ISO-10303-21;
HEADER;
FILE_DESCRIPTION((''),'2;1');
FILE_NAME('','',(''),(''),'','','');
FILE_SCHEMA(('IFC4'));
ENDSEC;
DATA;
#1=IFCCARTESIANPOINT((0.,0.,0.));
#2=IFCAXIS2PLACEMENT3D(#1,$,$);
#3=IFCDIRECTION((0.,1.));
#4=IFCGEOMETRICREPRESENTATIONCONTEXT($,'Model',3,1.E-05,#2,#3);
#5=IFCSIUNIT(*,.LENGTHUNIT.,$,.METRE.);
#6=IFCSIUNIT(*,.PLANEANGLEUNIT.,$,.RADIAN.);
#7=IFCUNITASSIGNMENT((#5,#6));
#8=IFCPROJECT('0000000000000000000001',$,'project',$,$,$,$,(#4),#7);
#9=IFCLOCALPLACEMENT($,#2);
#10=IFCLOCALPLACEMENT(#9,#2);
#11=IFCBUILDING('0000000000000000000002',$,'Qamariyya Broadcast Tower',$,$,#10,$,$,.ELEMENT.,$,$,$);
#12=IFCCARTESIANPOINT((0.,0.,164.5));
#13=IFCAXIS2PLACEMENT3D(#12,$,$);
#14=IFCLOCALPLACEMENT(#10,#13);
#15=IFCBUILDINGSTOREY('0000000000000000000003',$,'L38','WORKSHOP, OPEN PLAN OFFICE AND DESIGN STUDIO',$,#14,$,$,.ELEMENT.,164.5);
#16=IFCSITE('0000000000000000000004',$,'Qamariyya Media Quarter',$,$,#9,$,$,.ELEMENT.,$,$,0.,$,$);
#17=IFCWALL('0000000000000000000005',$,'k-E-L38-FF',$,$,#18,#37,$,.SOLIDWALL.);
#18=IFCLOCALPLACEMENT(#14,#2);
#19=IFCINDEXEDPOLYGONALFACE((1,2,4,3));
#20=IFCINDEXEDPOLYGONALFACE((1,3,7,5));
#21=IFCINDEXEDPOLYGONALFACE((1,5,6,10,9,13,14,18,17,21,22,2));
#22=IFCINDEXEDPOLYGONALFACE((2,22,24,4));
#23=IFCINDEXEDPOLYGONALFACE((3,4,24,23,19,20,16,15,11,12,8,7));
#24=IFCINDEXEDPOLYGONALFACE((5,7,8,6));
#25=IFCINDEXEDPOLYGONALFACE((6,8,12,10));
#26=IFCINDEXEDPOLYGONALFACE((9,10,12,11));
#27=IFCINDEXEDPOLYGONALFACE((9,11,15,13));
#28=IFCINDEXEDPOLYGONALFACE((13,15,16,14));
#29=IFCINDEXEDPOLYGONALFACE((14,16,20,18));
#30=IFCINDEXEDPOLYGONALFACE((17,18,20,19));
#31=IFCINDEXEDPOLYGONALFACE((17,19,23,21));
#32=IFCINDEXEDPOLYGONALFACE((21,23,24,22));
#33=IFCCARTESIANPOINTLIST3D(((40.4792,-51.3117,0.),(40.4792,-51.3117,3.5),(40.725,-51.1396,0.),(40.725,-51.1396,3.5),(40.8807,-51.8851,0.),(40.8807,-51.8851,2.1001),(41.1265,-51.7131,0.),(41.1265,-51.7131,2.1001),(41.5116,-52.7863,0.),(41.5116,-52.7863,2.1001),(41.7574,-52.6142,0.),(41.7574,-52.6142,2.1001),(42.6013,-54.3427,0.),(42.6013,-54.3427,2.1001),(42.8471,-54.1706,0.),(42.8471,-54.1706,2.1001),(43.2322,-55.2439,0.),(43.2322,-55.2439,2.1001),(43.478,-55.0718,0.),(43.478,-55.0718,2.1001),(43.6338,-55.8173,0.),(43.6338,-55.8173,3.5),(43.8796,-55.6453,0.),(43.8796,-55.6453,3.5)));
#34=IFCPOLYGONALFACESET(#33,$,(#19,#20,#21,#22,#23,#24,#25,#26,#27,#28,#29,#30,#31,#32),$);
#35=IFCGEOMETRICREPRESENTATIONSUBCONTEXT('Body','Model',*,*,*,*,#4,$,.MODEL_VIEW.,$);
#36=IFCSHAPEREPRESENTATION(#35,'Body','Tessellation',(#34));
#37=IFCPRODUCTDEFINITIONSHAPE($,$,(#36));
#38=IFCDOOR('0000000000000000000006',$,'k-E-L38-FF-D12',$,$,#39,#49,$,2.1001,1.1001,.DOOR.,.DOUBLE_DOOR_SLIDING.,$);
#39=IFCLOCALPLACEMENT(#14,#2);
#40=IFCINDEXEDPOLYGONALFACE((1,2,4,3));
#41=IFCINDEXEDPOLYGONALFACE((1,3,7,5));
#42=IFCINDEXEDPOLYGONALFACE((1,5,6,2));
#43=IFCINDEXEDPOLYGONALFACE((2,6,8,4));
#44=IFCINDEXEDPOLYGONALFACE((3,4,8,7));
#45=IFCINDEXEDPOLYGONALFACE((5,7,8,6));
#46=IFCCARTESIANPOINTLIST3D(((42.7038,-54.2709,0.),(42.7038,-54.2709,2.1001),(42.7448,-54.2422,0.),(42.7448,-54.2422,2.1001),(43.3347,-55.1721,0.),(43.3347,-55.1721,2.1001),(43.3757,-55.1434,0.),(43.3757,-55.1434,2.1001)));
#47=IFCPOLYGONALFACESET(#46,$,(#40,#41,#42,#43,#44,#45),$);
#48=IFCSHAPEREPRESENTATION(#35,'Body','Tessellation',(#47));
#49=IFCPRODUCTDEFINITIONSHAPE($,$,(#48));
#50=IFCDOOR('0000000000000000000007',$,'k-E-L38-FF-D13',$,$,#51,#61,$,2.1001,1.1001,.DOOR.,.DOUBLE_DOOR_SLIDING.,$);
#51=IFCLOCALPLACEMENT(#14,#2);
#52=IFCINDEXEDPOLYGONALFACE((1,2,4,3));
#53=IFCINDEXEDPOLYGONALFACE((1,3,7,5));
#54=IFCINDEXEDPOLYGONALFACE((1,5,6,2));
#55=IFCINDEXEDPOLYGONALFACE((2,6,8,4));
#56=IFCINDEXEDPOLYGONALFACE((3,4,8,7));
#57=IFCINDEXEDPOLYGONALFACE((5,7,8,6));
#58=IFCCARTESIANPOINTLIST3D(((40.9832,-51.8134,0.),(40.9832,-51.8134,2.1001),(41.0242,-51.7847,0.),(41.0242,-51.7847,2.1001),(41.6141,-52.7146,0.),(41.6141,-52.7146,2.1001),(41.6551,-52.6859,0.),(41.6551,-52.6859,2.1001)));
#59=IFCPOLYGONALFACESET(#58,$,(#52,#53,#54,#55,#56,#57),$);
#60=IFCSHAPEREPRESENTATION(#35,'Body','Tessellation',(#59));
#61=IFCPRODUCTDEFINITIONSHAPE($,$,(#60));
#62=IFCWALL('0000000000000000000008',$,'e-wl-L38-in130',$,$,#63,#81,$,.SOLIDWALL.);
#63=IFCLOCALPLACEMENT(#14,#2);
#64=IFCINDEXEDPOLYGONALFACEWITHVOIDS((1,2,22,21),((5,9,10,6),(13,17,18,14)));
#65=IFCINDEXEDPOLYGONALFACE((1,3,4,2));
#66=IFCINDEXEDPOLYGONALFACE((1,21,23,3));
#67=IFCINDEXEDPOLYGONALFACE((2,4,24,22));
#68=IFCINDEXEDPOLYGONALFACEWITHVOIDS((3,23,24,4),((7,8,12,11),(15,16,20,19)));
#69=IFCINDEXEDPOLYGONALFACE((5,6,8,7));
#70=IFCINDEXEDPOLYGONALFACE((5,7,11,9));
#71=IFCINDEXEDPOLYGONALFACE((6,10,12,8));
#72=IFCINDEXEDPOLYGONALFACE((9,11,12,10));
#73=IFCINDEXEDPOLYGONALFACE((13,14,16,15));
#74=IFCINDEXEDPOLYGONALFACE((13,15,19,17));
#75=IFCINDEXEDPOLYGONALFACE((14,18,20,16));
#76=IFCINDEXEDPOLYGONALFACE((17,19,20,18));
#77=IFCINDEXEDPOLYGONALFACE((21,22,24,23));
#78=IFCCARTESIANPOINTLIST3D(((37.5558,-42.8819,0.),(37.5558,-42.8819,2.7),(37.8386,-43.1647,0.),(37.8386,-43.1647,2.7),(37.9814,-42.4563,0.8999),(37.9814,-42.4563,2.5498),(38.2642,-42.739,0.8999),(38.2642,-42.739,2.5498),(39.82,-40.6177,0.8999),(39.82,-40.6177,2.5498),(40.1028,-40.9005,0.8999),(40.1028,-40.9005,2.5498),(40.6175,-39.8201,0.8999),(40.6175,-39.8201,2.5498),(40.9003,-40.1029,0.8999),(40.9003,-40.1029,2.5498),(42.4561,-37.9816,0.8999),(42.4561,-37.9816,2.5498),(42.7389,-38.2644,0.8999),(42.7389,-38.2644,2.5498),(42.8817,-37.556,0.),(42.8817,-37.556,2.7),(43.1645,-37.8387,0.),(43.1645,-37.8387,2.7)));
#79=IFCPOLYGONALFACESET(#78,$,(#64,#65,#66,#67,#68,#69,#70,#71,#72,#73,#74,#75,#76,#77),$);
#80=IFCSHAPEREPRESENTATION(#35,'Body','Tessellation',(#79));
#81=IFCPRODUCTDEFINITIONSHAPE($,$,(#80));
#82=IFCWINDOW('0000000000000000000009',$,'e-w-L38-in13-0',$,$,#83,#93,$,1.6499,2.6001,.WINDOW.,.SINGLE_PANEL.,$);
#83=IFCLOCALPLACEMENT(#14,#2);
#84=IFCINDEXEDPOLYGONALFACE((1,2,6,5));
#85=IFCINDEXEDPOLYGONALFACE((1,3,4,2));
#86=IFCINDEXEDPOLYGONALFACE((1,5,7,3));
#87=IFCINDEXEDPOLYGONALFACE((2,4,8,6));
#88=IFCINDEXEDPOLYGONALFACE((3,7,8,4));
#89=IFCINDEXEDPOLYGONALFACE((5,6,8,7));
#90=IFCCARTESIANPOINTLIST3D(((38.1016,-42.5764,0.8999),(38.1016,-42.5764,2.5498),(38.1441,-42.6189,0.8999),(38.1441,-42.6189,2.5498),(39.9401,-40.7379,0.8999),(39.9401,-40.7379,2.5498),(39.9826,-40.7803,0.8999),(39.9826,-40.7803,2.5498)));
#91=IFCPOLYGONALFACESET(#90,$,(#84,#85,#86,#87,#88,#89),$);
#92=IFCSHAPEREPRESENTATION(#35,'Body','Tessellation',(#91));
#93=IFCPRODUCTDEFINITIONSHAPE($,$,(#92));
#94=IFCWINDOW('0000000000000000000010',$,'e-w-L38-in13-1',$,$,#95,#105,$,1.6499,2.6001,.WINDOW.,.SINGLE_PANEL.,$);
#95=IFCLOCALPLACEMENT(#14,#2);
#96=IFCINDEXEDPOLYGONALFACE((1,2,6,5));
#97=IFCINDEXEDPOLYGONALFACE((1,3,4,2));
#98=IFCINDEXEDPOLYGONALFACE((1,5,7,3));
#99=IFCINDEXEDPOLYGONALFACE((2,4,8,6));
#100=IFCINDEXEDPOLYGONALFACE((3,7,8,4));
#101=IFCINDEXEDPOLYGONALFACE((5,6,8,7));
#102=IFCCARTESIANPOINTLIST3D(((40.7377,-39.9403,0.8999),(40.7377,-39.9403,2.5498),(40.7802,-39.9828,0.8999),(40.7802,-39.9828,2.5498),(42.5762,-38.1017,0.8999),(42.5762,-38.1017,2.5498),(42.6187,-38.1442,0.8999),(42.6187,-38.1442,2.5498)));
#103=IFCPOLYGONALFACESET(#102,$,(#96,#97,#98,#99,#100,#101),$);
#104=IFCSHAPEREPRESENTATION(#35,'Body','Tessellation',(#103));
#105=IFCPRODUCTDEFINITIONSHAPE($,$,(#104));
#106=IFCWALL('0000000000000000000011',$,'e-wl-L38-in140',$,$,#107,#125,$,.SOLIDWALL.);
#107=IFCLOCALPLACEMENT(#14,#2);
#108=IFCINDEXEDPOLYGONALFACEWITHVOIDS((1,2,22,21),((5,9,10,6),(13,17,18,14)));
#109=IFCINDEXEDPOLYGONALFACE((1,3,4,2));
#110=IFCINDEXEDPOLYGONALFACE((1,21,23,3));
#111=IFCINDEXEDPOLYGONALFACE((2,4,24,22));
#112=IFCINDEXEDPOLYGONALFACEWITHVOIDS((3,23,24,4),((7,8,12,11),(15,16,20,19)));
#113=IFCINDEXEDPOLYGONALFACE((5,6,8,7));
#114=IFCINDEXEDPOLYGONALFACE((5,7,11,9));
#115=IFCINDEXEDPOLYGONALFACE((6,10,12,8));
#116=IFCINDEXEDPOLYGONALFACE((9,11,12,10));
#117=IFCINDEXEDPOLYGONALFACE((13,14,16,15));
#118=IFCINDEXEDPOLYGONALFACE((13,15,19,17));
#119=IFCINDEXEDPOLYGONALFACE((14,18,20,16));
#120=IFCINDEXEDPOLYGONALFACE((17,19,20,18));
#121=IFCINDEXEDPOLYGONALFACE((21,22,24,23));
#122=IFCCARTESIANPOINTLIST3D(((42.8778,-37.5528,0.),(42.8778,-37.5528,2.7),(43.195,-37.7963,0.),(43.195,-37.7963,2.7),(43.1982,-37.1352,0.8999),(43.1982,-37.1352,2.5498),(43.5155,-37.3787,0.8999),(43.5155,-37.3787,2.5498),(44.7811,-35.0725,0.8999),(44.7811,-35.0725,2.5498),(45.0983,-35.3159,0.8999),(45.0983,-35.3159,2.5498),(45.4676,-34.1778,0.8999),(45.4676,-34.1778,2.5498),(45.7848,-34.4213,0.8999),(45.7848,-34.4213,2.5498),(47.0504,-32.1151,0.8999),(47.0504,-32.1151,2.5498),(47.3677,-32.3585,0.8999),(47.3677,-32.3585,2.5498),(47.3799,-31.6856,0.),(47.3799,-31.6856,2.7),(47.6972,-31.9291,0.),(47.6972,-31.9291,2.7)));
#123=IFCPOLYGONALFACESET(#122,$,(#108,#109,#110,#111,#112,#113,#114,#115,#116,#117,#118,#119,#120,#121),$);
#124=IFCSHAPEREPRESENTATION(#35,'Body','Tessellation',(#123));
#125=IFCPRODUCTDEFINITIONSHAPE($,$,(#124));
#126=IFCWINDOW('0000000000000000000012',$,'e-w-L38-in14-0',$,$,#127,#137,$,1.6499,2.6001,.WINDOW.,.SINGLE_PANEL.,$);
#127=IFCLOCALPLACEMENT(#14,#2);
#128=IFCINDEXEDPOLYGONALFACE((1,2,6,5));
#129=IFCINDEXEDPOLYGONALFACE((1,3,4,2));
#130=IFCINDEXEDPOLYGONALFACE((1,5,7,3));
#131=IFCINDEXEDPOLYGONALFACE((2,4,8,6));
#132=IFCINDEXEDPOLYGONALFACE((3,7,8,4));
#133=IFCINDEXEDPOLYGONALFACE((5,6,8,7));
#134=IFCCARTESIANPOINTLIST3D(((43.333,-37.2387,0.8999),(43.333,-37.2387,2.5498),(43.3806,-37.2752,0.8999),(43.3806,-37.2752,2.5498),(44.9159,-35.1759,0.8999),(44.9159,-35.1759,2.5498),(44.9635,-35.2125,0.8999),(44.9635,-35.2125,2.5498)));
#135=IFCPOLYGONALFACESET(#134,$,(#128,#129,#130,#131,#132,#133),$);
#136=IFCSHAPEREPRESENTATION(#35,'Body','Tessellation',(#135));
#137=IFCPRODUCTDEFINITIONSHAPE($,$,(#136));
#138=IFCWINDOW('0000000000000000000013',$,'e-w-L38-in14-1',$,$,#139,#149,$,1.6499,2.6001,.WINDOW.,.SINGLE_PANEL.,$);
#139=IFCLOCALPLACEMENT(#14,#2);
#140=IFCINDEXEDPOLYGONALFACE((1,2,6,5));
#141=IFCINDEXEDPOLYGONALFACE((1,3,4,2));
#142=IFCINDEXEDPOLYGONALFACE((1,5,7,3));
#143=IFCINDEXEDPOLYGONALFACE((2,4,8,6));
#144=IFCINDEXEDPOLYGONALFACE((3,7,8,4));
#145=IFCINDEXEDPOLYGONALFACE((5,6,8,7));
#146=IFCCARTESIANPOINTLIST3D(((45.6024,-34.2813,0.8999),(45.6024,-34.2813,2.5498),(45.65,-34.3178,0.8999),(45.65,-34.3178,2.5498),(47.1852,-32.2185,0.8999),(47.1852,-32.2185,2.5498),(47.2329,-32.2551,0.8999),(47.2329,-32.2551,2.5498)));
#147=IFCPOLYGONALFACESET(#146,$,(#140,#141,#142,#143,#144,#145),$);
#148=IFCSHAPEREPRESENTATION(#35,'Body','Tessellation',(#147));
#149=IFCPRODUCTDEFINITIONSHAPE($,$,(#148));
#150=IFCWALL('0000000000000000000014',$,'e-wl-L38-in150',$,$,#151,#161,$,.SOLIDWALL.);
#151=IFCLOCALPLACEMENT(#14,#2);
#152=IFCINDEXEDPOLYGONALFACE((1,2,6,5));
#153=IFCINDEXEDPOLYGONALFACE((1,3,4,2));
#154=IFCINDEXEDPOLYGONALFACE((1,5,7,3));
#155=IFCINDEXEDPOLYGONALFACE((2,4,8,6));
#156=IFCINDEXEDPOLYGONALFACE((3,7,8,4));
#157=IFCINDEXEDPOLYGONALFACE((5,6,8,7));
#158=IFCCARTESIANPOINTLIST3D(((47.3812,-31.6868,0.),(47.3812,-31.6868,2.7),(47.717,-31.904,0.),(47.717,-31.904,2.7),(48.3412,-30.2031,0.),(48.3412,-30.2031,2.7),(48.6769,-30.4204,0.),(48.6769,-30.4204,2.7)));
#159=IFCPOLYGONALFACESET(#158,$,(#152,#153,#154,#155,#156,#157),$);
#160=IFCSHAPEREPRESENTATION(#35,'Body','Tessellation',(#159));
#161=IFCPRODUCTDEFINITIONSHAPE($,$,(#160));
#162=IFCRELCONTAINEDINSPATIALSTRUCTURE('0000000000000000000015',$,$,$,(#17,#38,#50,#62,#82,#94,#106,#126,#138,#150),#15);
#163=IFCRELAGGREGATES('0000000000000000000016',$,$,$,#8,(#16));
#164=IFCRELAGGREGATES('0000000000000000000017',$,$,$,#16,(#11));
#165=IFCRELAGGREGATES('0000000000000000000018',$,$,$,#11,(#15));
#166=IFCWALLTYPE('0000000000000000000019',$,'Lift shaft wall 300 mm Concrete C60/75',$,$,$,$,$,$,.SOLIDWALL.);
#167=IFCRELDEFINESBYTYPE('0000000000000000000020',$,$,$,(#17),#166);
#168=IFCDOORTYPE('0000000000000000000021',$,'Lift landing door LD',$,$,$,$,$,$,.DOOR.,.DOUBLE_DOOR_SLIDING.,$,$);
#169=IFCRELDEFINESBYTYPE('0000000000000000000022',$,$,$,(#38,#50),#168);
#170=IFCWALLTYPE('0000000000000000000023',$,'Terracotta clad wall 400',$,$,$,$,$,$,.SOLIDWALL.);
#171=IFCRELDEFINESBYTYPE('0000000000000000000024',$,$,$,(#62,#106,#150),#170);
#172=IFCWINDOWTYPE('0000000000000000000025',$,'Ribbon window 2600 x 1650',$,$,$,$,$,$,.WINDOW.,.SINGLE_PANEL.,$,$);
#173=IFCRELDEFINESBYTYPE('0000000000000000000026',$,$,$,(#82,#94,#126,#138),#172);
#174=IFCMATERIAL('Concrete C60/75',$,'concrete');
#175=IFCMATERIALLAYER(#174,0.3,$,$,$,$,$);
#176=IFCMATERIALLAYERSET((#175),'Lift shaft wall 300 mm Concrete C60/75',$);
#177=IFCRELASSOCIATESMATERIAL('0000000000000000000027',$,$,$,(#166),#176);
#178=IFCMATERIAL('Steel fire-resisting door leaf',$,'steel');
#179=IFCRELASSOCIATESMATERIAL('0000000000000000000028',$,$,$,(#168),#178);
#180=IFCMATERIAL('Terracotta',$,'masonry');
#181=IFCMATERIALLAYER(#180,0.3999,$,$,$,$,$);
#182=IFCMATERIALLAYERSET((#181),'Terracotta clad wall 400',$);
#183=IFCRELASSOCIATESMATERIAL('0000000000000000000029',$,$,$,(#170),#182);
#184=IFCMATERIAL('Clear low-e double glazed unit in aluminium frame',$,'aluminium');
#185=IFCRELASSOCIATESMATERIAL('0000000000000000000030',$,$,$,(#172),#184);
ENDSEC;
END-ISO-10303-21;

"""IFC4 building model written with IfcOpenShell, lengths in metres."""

from ifc_helpers import new_model, si_unit, direction, frame, frame_2d, origin, place, context, subcontext, project, spatial, rectangle, extrude, material, layer, layer_set, type_object, element, fill, save


model = new_model("IFC4")

# Units and contexts
model_context = context("Model", 3, precision=1e-05, world=origin(), true_north=direction((0.0, 1.0)))
body_context = subcontext(model_context, "Body", "Model", "MODEL_VIEW")
ifc_project = project(units=[si_unit("LENGTHUNIT", "METRE"), si_unit("PLANEANGLEUNIT", "RADIAN")], contexts=[model_context])

# Site, building, storey
site_placement = place(None, origin())
site = spatial("IfcSite", under=ifc_project, at=site_placement, Name="Qamariyya Media Quarter", CompositionType="ELEMENT", RefElevation=0.0)
building_placement = place(site_placement, origin())
building = spatial("IfcBuilding", under=site, at=building_placement, Name="Qamariyya Broadcast Tower", CompositionType="ELEMENT")
storey_placement = place(building_placement, frame((0.0, 0.0, 164.5)))
storey = spatial("IfcBuildingStorey", under=building, at=storey_placement, Name="L38", Description="WORKSHOP, OPEN PLAN OFFICE AND DESIGN STUDIO", CompositionType="ELEMENT", Elevation=164.5)

# Shared definitions
ifc_material_1 = material(Name="Concrete C60/75", Category="concrete")

# Wall, openings, doors
ifc_layer_1 = layer(ifc_material_1, 0.3)
ifc_layer_set_1 = layer_set([ifc_layer_1], Name="Lift shaft wall 300 mm Concrete C60/75")
wall_type_1 = type_object("IfcWallType", Name="Lift shaft wall 300 mm Concrete C60/75", PredefinedType="SOLIDWALL", material=ifc_layer_set_1)
wall_1_placement = place(storey_placement, frame((43.7566, -55.7312, 0.0), z_axis=(0.0, 0.0, 1.0), x_axis=(-0.573537, 0.81918, 0.0)))
wall_1 = element("IfcWall", 1, at=wall_1_placement, inside=storey, type_object=wall_type_1, Name="k-E-L38-FF", PredefinedType="SOLIDWALL", context=body_context, shape_type="SweptSolid", body=[
    extrude(rectangle(XDim=5.5002, YDim=0.3, at=frame_2d((2.75, 0.0))), origin(), (0.0, 0.0, 1.0), 3.5),
])
opening_1_placement = place(wall_1_placement, frame((0.7, 0.0, 0.0)))
opening_1 = element("IfcOpeningElement", 2, at=opening_1_placement, cuts=wall_1, PredefinedType="OPENING", context=body_context, shape_type="SweptSolid", body=[
    extrude(rectangle(XDim=1.1001, YDim=2.1001, at=frame_2d((0.55, 1.05))), frame((0.0, 0.1599, 0.0), z_axis=(0.0, -1.0, 0.0), x_axis=(1.0, 0.0, 0.0)), (0.0, 0.0, 1.0), 0.3201),
])
opening_2_placement = place(wall_1_placement, frame((3.7, 0.0, 0.0)))
opening_2 = element("IfcOpeningElement", 3, at=opening_2_placement, cuts=wall_1, PredefinedType="OPENING", context=body_context, shape_type="SweptSolid", body=[
    extrude(rectangle(XDim=1.1001, YDim=2.1001, at=frame_2d((0.55, 1.05))), frame((0.0, 0.1599, 0.0), z_axis=(0.0, -1.0, 0.0), x_axis=(1.0, 0.0, 0.0)), (0.0, 0.0, 1.0), 0.3201),
])
ifc_material_2 = material(Name="Steel fire-resisting door leaf", Category="steel")
door_type_1 = type_object("IfcDoorType", Name="Lift landing door LD", OperationType="DOUBLE_DOOR_SLIDING", PredefinedType="DOOR", material=ifc_material_2)
door_1_placement = place(opening_1_placement, origin())
door_1 = element("IfcDoor", 4, at=door_1_placement, inside=storey, type_object=door_type_1, Name="k-E-L38-FF-D12", OperationType="DOUBLE_DOOR_SLIDING", OverallHeight=2.1001, OverallWidth=1.1001, PredefinedType="DOOR", context=body_context, shape_type="SweptSolid", body=[
    extrude(rectangle(XDim=1.1001, YDim=2.1001, at=frame_2d((0.55, 1.05))), frame((0.0, 0.0249, 0.0), z_axis=(0.0, -1.0, 0.0), x_axis=(1.0, 0.0, 0.0)), (0.0, 0.0, 1.0), 0.05),
])
fill(opening_1, door_1)
door_2_placement = place(opening_2_placement, origin())
door_2 = element("IfcDoor", 5, at=door_2_placement, inside=storey, type_object=door_type_1, Name="k-E-L38-FF-D13", OperationType="DOUBLE_DOOR_SLIDING", OverallHeight=2.1001, OverallWidth=1.1001, PredefinedType="DOOR", context=body_context, shape_type="SweptSolid", body=[
    extrude(rectangle(XDim=1.1001, YDim=2.1001, at=frame_2d((0.55, 1.05))), frame((0.0, 0.0249, 0.0), z_axis=(0.0, -1.0, 0.0), x_axis=(1.0, 0.0, 0.0)), (0.0, 0.0, 1.0), 0.05),
])
fill(opening_2, door_2)

# Walls, openings, windows
ifc_material_3 = material(Name="Terracotta", Category="masonry")
ifc_layer_2 = layer(ifc_material_3, 0.3999)
ifc_layer_set_2 = layer_set([ifc_layer_2], Name="Terracotta clad wall 400")
wall_type_2 = type_object("IfcWallType", Name="Terracotta clad wall 400", PredefinedType="SOLIDWALL", material=ifc_layer_set_2)
wall_2_placement = place(storey_placement, frame((43.0232, -37.6973, 0.0), z_axis=(0.0, 0.0, 1.0), x_axis=(-0.707107, -0.707107, 0.0)))
wall_2 = element("IfcWall", 6, at=wall_2_placement, inside=storey, type_object=wall_type_2, Name="e-wl-L38-in130", PredefinedType="SOLIDWALL", context=body_context, shape_type="SweptSolid", body=[
    extrude(rectangle(XDim=7.532, YDim=0.3999, at=frame_2d((3.7661, 0.0))), origin(), (0.0, 0.0, 1.0), 2.7),
])
opening_3_placement = place(wall_2_placement, frame((4.3301, 0.0, 0.8999)))
opening_3 = element("IfcOpeningElement", 7, at=opening_3_placement, cuts=wall_2, PredefinedType="OPENING", context=body_context, shape_type="SweptSolid", body=[
    extrude(rectangle(XDim=2.6001, YDim=1.6499, at=frame_2d((1.3, 0.825))), frame((0.0, 0.21, 0.0), z_axis=(0.0, -1.0, 0.0), x_axis=(1.0, 0.0, 0.0)), (0.0, 0.0, 1.0), 0.4199),
])
opening_4_placement = place(wall_2_placement, frame((0.6021, 0.0, 0.8999)))
opening_4 = element("IfcOpeningElement", 8, at=opening_4_placement, cuts=wall_2, PredefinedType="OPENING", context=body_context, shape_type="SweptSolid", body=[
    extrude(rectangle(XDim=2.6001, YDim=1.6499, at=frame_2d((1.3, 0.825))), frame((0.0, 0.21, 0.0), z_axis=(0.0, -1.0, 0.0), x_axis=(1.0, 0.0, 0.0)), (0.0, 0.0, 1.0), 0.4199),
])
ifc_material_4 = material(Name="Clear low-e double glazed unit in aluminium frame", Category="aluminium")
window_type = type_object("IfcWindowType", Name="Ribbon window 2600 x 1650", PartitioningType="SINGLE_PANEL", PredefinedType="WINDOW", material=ifc_material_4)
window_1_placement = place(opening_3_placement, origin())
window_1 = element("IfcWindow", 9, at=window_1_placement, inside=storey, type_object=window_type, Name="e-w-L38-in13-0", OverallHeight=1.6499, OverallWidth=2.6001, PartitioningType="SINGLE_PANEL", PredefinedType="WINDOW", context=body_context, shape_type="SweptSolid", body=[
    extrude(rectangle(XDim=2.6001, YDim=1.6499, at=frame_2d((1.3, 0.825))), frame((0.0, 0.03, 0.0), z_axis=(0.0, -1.0, 0.0), x_axis=(1.0, 0.0, 0.0)), (0.0, 0.0, 1.0), 0.0601),
])
fill(opening_3, window_1)
window_2_placement = place(opening_4_placement, origin())
window_2 = element("IfcWindow", 10, at=window_2_placement, inside=storey, type_object=window_type, Name="e-w-L38-in13-1", OverallHeight=1.6499, OverallWidth=2.6001, PartitioningType="SINGLE_PANEL", PredefinedType="WINDOW", context=body_context, shape_type="SweptSolid", body=[
    extrude(rectangle(XDim=2.6001, YDim=1.6499, at=frame_2d((1.3, 0.825))), frame((0.0, 0.03, 0.0), z_axis=(0.0, -1.0, 0.0), x_axis=(1.0, 0.0, 0.0)), (0.0, 0.0, 1.0), 0.0601),
])
fill(opening_4, window_2)
wall_3_placement = place(storey_placement, frame((47.5386, -31.8074, 0.0), z_axis=(0.0, 0.0, 1.0), x_axis=(-0.608774, -0.793344, 0.0)))
wall_3 = element("IfcWall", 11, at=wall_3_placement, inside=storey, type_object=wall_type_2, Name="e-wl-L38-in140", PredefinedType="SOLIDWALL", context=body_context, shape_type="SweptSolid", body=[
    extrude(rectangle(XDim=7.3955, YDim=0.3999, at=frame_2d((3.6978, 0.0))), origin(), (0.0, 0.0, 1.0), 2.7),
])
opening_5_placement = place(wall_3_placement, frame((4.269, 0.0, 0.8999)))
opening_5 = element("IfcOpeningElement", 12, at=opening_5_placement, cuts=wall_3, PredefinedType="OPENING", context=body_context, shape_type="SweptSolid", body=[
    extrude(rectangle(XDim=2.6001, YDim=1.6499, at=frame_2d((1.3, 0.825))), frame((0.0, 0.21, 0.0), z_axis=(0.0, -1.0, 0.0), x_axis=(1.0, 0.0, 0.0)), (0.0, 0.0, 1.0), 0.4199),
])
opening_6_placement = place(wall_3_placement, frame((0.5413, 0.0, 0.8999)))
opening_6 = element("IfcOpeningElement", 13, at=opening_6_placement, cuts=wall_3, PredefinedType="OPENING", context=body_context, shape_type="SweptSolid", body=[
    extrude(rectangle(XDim=2.6001, YDim=1.6499, at=frame_2d((1.3, 0.825))), frame((0.0, 0.21, 0.0), z_axis=(0.0, -1.0, 0.0), x_axis=(1.0, 0.0, 0.0)), (0.0, 0.0, 1.0), 0.4199),
])
window_3_placement = place(opening_5_placement, origin())
window_3 = element("IfcWindow", 14, at=window_3_placement, inside=storey, type_object=window_type, Name="e-w-L38-in14-0", OverallHeight=1.6499, OverallWidth=2.6001, PartitioningType="SINGLE_PANEL", PredefinedType="WINDOW", context=body_context, shape_type="SweptSolid", body=[
    extrude(rectangle(XDim=2.6001, YDim=1.6499, at=frame_2d((1.3, 0.825))), frame((0.0, 0.03, 0.0), z_axis=(0.0, -1.0, 0.0), x_axis=(1.0, 0.0, 0.0)), (0.0, 0.0, 1.0), 0.0601),
])
fill(opening_5, window_3)
window_4_placement = place(opening_6_placement, origin())
window_4 = element("IfcWindow", 15, at=window_4_placement, inside=storey, type_object=window_type, Name="e-w-L38-in14-1", OverallHeight=1.6499, OverallWidth=2.6001, PartitioningType="SINGLE_PANEL", PredefinedType="WINDOW", context=body_context, shape_type="SweptSolid", body=[
    extrude(rectangle(XDim=2.6001, YDim=1.6499, at=frame_2d((1.3, 0.825))), frame((0.0, 0.03, 0.0), z_axis=(0.0, -1.0, 0.0), x_axis=(1.0, 0.0, 0.0)), (0.0, 0.0, 1.0), 0.0601),
])
fill(opening_6, window_4)

# Wall
wall_4_placement = place(storey_placement, frame((48.509, -30.3118, 0.0), z_axis=(0.0, 0.0, 1.0), x_axis=(-0.543234, -0.839581, 0.0)))
element("IfcWall", 16, at=wall_4_placement, inside=storey, type_object=wall_type_2, Name="e-wl-L38-in150", PredefinedType="SOLIDWALL", context=body_context, shape_type="SweptSolid", body=[
    extrude(rectangle(XDim=1.7671, YDim=0.3999, at=frame_2d((0.8835, 0.0))), origin(), (0.0, 0.0, 1.0), 2.7),
])

save(model, "model.ifc")
